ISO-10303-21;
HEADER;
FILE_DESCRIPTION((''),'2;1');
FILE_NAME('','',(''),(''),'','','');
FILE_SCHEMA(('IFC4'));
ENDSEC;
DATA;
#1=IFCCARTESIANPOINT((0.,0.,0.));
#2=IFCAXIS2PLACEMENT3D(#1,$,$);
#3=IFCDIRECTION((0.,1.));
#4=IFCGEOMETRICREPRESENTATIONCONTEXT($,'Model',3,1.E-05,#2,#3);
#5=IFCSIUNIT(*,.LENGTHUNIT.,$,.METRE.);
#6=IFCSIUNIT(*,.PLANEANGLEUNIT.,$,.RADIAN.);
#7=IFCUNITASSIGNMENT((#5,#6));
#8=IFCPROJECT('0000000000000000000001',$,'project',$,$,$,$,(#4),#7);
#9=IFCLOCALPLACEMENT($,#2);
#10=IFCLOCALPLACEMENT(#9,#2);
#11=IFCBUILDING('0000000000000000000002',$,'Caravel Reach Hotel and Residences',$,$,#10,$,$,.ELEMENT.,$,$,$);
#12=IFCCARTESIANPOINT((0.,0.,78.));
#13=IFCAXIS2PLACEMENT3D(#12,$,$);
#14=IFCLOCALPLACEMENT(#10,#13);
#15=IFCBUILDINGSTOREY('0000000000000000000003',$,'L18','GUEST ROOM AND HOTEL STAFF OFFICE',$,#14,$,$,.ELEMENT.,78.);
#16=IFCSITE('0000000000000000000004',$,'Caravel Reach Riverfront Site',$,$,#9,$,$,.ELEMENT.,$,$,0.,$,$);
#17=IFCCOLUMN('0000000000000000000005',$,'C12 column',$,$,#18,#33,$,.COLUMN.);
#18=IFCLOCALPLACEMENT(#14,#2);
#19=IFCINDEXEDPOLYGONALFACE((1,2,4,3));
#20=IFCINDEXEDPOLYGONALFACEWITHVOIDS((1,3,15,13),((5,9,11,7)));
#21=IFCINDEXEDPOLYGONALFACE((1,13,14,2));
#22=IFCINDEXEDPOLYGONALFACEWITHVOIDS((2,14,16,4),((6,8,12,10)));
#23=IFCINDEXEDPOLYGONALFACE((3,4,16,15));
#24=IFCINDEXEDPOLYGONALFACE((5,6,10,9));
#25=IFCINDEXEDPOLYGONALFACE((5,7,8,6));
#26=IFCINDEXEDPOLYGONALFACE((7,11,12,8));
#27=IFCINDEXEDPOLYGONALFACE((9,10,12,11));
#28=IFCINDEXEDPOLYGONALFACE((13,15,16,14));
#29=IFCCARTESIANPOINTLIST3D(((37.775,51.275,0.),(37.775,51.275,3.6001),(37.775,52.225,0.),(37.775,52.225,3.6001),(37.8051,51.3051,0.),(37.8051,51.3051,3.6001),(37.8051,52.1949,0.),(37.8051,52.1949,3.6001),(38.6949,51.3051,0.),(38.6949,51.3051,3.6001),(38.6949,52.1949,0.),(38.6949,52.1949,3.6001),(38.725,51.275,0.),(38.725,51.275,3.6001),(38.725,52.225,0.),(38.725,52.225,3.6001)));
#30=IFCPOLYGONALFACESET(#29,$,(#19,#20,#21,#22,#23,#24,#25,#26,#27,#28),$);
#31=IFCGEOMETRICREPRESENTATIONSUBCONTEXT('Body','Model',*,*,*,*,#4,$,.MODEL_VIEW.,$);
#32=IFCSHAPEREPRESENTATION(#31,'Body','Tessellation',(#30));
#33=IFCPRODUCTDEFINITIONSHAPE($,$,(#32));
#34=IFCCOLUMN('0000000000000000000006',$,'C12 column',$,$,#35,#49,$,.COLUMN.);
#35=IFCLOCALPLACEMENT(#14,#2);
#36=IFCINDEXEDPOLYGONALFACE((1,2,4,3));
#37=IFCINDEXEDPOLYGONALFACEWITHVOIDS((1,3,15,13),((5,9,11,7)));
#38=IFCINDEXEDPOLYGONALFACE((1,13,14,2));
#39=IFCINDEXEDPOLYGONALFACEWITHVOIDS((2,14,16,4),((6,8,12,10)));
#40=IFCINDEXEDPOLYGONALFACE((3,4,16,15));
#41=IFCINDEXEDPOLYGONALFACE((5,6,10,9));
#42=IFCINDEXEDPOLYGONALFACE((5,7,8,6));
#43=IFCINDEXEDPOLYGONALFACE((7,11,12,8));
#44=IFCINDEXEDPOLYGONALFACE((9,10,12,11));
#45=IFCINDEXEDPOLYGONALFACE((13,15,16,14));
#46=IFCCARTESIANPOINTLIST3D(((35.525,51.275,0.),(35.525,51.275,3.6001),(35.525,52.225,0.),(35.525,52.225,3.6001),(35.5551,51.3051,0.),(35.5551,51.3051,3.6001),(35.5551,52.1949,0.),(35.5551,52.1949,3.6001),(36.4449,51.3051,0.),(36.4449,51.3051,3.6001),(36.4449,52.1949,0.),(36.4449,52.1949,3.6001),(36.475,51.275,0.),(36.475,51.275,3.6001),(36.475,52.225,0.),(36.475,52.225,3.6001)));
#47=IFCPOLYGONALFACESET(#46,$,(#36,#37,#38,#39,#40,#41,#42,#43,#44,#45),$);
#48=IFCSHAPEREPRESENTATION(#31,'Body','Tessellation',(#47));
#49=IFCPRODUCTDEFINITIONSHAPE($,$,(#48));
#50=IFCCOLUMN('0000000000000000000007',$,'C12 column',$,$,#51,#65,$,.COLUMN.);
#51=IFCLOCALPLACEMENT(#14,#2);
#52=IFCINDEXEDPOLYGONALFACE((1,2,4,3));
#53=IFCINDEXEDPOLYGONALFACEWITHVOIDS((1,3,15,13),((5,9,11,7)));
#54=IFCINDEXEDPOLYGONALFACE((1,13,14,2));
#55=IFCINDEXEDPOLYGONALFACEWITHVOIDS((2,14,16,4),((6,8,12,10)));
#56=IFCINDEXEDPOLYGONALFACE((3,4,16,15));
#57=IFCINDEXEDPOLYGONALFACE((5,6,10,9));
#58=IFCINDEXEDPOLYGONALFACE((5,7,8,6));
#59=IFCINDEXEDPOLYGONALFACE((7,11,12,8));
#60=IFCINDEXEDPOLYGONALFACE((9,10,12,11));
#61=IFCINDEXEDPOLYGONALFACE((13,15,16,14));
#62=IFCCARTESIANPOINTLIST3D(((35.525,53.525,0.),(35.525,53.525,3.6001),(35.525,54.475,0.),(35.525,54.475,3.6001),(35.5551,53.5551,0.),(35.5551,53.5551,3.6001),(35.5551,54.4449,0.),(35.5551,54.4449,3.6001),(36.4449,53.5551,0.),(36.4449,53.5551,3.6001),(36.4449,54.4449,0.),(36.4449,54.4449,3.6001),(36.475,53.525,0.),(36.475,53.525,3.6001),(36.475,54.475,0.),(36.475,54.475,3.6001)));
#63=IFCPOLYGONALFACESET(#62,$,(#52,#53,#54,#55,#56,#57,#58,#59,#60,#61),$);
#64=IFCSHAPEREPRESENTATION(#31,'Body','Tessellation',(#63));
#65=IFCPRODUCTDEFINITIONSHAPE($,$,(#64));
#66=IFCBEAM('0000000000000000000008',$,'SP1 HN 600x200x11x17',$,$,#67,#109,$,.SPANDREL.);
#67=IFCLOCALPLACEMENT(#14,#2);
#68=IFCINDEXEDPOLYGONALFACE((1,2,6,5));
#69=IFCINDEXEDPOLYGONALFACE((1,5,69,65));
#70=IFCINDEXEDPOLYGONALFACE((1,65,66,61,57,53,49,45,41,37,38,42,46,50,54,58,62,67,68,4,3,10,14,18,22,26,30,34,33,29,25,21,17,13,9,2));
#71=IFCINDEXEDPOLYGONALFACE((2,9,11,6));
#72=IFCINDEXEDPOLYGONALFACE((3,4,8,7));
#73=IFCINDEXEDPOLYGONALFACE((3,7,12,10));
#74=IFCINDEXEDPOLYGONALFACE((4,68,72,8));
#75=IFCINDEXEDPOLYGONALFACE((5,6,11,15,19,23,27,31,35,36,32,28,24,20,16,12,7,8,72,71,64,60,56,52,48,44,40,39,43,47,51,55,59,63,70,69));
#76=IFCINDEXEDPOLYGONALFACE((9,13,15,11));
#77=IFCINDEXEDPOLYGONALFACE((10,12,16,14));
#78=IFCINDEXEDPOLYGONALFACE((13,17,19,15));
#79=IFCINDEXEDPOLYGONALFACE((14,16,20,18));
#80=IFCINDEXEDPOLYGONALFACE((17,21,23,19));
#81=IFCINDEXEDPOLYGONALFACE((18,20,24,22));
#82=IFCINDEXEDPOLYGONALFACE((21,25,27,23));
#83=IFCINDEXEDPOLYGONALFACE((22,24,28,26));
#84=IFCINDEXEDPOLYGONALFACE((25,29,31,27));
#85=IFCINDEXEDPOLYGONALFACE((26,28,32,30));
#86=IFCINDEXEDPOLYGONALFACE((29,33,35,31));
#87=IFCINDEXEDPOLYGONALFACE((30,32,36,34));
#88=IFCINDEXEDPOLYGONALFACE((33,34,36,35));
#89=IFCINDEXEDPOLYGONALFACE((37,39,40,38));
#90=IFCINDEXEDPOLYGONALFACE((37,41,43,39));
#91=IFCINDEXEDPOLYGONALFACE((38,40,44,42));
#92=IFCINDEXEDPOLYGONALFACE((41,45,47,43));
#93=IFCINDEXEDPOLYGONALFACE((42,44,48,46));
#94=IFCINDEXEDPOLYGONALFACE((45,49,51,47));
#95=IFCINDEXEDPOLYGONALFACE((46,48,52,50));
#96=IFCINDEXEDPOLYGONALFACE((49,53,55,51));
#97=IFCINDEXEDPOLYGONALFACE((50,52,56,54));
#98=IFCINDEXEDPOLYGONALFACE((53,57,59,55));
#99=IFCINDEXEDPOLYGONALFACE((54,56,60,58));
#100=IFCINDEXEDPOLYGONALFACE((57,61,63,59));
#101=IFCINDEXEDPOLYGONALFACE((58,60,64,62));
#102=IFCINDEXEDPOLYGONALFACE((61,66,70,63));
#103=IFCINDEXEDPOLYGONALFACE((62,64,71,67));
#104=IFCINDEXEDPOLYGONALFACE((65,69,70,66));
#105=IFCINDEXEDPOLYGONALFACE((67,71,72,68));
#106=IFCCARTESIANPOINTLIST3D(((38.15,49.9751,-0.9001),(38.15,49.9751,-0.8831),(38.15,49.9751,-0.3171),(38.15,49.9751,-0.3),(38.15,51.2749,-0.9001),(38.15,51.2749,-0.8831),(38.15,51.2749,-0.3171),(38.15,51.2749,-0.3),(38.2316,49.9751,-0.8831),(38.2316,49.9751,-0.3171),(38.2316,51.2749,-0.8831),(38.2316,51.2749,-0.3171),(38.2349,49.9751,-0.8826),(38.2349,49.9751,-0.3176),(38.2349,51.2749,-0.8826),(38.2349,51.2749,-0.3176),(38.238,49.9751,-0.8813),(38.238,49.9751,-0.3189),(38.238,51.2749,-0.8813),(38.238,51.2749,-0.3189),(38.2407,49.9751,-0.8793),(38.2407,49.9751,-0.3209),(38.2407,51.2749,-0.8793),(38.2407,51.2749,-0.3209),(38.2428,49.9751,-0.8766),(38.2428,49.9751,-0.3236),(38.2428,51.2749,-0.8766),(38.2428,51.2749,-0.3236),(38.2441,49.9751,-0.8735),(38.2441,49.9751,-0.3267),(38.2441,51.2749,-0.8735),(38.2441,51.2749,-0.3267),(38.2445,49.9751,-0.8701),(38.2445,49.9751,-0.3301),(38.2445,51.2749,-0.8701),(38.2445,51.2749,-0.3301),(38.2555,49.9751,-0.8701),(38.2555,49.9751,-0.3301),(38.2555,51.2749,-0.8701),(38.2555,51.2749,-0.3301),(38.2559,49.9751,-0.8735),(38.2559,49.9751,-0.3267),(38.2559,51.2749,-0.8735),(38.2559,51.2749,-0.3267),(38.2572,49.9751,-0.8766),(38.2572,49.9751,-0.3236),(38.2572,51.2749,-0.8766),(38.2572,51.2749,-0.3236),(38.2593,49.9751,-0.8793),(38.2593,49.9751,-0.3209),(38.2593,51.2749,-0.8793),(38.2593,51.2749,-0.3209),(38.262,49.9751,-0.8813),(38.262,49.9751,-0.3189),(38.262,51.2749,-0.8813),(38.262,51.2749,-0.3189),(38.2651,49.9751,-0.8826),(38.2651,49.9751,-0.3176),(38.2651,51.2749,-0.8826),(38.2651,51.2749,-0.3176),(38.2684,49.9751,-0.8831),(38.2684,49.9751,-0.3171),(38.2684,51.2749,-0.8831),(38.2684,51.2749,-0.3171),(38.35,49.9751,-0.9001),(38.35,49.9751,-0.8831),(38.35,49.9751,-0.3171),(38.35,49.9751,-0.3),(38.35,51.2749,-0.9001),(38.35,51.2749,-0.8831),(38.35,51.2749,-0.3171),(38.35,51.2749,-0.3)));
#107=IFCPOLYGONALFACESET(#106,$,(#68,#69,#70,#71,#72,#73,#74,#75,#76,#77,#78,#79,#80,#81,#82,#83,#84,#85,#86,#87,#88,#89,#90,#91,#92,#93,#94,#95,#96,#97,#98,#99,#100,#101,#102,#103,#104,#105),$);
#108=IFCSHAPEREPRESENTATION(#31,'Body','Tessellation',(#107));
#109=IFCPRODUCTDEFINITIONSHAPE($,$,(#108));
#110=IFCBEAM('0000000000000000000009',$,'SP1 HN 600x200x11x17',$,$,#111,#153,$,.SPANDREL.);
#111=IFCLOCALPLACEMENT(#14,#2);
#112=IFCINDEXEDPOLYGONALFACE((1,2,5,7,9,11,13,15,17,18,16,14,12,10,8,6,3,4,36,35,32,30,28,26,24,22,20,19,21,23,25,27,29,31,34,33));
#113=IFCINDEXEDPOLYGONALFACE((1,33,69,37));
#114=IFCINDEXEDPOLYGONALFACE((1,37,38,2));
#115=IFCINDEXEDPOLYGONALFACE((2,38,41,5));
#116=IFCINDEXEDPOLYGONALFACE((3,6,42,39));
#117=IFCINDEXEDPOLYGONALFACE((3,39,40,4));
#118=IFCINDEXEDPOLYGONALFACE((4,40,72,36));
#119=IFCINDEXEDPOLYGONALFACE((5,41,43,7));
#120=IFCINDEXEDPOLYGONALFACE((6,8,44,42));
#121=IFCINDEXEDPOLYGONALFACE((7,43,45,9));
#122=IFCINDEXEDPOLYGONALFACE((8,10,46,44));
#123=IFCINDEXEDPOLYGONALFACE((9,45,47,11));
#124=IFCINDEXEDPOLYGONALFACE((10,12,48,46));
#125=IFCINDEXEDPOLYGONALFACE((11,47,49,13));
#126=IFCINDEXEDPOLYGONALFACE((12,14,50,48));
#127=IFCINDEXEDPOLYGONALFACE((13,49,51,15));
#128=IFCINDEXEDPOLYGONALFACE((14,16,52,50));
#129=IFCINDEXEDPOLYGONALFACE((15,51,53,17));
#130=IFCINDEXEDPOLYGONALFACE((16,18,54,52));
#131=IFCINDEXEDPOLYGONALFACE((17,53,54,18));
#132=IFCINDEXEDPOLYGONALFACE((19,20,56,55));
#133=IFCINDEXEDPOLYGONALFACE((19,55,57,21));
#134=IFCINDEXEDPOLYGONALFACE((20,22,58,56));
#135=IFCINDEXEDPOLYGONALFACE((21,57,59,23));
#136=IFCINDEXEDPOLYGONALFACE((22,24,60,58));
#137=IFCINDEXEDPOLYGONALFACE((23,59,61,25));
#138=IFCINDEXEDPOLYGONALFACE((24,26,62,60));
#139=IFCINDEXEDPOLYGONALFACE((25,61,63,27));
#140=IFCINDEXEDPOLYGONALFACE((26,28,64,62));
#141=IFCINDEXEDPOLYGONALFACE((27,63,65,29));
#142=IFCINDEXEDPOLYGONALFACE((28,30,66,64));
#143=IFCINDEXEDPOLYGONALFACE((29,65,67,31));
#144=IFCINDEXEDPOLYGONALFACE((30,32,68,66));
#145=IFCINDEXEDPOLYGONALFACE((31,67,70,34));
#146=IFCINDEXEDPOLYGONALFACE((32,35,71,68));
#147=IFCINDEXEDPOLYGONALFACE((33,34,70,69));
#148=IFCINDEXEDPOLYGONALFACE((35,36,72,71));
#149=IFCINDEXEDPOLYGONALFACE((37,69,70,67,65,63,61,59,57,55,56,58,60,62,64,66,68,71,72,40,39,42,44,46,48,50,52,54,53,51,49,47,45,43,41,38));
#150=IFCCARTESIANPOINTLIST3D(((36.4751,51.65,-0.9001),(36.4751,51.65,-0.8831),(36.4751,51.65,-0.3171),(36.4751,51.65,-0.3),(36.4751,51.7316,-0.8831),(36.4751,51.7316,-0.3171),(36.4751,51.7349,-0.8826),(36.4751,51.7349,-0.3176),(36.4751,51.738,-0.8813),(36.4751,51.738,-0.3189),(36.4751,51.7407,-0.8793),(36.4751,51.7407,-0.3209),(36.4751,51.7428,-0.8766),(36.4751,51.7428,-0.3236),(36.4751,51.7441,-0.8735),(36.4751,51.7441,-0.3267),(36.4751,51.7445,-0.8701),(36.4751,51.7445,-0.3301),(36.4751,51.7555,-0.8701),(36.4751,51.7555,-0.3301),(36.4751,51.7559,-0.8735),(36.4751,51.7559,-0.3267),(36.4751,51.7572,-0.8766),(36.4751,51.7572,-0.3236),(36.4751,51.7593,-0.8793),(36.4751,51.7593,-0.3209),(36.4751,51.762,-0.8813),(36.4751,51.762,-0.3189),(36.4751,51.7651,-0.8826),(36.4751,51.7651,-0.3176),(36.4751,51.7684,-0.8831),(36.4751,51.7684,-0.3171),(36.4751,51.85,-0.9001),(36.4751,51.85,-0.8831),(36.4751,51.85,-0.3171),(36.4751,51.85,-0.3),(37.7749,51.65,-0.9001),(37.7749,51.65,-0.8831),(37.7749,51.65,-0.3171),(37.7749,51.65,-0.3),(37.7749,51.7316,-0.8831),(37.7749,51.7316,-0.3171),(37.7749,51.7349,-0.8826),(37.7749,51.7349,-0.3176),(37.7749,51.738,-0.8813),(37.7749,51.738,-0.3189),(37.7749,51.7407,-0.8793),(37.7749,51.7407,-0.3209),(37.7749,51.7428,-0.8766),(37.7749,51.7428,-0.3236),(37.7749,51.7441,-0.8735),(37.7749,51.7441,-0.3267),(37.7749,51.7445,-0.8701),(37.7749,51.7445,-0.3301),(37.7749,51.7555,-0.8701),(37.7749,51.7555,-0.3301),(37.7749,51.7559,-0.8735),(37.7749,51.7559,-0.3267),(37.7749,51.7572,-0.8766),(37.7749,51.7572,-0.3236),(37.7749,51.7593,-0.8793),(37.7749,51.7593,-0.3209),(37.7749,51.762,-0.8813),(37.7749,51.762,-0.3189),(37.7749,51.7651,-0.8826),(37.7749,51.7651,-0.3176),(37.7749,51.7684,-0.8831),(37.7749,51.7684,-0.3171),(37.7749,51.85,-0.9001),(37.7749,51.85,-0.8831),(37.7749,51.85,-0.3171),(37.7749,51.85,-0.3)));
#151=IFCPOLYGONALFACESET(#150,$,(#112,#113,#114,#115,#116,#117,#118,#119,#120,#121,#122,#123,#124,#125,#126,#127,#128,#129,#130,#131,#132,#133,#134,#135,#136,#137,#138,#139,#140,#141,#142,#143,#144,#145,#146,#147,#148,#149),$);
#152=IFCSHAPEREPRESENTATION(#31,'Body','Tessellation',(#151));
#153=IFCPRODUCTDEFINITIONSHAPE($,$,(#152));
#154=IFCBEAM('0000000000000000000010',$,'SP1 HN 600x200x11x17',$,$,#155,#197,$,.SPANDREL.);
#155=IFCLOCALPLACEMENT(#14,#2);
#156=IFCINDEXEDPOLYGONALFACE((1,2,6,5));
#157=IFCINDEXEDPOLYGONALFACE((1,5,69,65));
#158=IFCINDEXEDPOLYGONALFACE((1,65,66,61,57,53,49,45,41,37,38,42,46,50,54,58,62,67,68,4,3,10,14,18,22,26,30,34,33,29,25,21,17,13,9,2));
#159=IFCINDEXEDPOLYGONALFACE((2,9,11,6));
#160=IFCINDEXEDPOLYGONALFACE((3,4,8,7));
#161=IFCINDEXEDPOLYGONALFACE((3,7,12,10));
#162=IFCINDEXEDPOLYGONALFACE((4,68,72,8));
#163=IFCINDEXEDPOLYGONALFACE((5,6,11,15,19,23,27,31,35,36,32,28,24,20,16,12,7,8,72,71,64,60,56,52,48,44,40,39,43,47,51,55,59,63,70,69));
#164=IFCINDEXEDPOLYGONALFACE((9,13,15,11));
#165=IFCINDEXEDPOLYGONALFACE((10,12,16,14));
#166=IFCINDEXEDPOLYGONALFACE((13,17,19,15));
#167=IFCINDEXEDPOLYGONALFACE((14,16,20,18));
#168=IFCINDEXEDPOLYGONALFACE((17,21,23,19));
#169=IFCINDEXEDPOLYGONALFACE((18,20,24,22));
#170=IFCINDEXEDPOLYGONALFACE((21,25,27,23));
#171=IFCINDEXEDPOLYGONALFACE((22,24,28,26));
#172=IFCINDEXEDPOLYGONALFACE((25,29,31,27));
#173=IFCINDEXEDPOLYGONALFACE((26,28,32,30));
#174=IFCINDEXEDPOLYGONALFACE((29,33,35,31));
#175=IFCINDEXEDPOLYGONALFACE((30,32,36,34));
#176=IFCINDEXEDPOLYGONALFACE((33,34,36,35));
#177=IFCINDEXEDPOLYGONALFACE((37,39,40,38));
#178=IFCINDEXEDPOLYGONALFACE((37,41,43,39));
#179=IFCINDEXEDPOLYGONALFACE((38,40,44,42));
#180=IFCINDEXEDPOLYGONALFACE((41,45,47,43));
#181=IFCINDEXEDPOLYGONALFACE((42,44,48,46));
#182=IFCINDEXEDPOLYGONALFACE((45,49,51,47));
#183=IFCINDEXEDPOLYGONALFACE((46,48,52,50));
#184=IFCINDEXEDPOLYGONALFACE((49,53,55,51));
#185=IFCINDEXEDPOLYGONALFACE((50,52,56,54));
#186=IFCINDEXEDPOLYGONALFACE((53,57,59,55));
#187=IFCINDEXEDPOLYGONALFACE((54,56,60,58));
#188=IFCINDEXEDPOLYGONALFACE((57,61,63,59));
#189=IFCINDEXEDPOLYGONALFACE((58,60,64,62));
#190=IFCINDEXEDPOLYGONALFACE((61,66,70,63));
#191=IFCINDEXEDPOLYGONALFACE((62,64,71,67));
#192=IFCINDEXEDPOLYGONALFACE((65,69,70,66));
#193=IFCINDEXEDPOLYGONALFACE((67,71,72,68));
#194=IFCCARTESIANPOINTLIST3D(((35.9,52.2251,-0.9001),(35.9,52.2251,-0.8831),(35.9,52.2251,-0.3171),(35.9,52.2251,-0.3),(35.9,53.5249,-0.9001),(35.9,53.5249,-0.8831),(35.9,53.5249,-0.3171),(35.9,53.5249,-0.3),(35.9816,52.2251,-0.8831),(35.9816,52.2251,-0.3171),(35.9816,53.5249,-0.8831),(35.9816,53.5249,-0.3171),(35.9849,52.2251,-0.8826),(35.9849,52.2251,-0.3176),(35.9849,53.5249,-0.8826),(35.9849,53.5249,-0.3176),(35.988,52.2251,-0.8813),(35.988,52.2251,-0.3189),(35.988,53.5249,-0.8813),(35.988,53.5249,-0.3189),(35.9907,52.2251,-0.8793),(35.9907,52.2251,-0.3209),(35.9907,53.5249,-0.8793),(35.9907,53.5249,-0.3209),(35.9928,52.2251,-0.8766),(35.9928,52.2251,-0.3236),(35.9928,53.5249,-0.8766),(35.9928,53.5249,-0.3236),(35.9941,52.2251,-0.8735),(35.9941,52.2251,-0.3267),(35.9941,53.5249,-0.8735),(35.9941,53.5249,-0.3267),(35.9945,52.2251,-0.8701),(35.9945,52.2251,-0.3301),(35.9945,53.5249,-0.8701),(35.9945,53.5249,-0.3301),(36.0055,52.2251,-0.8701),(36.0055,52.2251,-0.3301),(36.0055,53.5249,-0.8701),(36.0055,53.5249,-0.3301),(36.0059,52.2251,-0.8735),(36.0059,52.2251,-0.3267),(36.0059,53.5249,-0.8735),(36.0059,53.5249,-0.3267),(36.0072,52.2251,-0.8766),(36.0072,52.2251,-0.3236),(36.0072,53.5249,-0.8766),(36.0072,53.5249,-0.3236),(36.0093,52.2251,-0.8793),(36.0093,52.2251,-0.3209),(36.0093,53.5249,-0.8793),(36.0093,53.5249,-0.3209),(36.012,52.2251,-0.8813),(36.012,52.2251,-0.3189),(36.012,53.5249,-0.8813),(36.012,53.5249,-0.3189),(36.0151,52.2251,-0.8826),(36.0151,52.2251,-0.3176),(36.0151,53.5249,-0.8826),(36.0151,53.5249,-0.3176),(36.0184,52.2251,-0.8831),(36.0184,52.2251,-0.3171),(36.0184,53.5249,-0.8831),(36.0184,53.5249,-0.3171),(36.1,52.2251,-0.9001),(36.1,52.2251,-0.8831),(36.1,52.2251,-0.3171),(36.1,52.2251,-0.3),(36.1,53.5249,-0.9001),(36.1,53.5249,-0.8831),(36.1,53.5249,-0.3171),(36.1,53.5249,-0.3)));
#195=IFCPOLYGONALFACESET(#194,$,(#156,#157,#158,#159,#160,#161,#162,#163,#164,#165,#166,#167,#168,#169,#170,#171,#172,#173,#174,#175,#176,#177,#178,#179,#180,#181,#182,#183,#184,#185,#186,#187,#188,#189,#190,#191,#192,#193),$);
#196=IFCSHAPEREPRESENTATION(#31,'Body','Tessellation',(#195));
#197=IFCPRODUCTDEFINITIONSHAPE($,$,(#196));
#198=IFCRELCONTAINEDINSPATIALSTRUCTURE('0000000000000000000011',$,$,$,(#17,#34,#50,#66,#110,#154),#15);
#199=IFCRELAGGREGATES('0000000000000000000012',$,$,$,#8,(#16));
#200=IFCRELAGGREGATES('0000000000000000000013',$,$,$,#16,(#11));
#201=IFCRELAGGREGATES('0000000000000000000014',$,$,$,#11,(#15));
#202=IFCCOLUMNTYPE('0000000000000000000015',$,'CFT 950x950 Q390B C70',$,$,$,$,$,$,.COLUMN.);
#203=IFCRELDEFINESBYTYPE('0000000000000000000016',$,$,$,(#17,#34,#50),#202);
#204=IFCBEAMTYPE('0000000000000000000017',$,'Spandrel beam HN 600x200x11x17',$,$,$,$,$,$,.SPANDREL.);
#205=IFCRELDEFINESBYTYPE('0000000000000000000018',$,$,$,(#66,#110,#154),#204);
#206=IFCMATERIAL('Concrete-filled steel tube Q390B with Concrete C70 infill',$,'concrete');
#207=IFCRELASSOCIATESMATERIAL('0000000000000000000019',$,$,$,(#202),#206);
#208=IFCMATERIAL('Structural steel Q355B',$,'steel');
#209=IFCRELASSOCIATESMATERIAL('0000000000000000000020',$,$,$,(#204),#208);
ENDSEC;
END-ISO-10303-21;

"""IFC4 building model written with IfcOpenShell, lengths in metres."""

from ifc_helpers import new_model, si_unit, direction, frame, origin, origin_2d, place, context, subcontext, project, spatial, hollow_rectangle, i_section, extrude, material, material_profile, profile_set, type_object, element, save


model = new_model("IFC4")

# Units and contexts
model_context = context("Model", 3, precision=1e-05, world=origin(), true_north=direction((0.0, 1.0)))
body_context = subcontext(model_context, "Body", "Model", "MODEL_VIEW")
ifc_project = project(units=[si_unit("LENGTHUNIT", "METRE"), si_unit("PLANEANGLEUNIT", "RADIAN")], contexts=[model_context])

# Site, building, storey
site_placement = place(None, origin())
site = spatial("IfcSite", under=ifc_project, at=site_placement, Name="Caravel Reach Riverfront Site", CompositionType="ELEMENT", RefElevation=0.0)
building_placement = place(site_placement, origin())
building = spatial("IfcBuilding", under=site, at=building_placement, Name="Caravel Reach Hotel and Residences", CompositionType="ELEMENT")
storey_placement = place(building_placement, frame((0.0, 0.0, 78.0)))
storey = spatial("IfcBuildingStorey", under=building, at=storey_placement, Name="L18", Description="GUEST ROOM AND HOTEL STAFF OFFICE", CompositionType="ELEMENT", Elevation=78.0)

# Columns
ifc_material_1 = material(Name="Concrete-filled steel tube Q390B with Concrete C70 infill", Category="concrete")
ifc_material_profile_1 = material_profile(ifc_material_1, hollow_rectangle(XDim=0.95, YDim=0.95, WallThickness=0.03, at=origin_2d()), Name="RHS 950x950x30")
ifc_profile_set_1 = profile_set([ifc_material_profile_1], Name="Concrete-filled steel tube Q390B with Concrete C70 infill")
column_type = type_object("IfcColumnType", Name="CFT 950x950 Q390B C70", PredefinedType="COLUMN", material=ifc_profile_set_1)
for number, where, z_axis, x_axis, name in (
    (1, (38.25, 51.75, 0.0), (0.0, 0.0, 1.0), (1.0, 0.0, 0.0), "C12 column"),
    (2, (36.0, 51.75, 0.0), (0.0, 0.0, 1.0), (1.0, 0.0, 0.0), "C12 column"),
    (3, (36.0, 54.0, 0.0), (0.0, 0.0, 1.0), (1.0, 0.0, 0.0), "C12 column"),
):
    element("IfcColumn", number, at=place(storey_placement, frame(where, z_axis=z_axis, x_axis=x_axis)), inside=storey, type_object=column_type, Name=name, PredefinedType="COLUMN", context=body_context, shape_type="SweptSolid", body=[
        extrude(hollow_rectangle(XDim=0.95, YDim=0.95, WallThickness=0.03, at=origin_2d()), origin(), (0.0, 0.0, 1.0), 3.6001),
    ])

# Beams
ifc_material_2 = material(Name="Structural steel Q355B", Category="steel")
ifc_material_profile_2 = material_profile(ifc_material_2, i_section(OverallWidth=0.2, OverallDepth=0.6001, WebThickness=0.011, FlangeThickness=0.0171, FilletRadius=0.0129, at=origin_2d()), Name="HN 600x200x11x17")
ifc_profile_set_2 = profile_set([ifc_material_profile_2], Name="Structural steel Q355B")
beam_type = type_object("IfcBeamType", Name="Spandrel beam HN 600x200x11x17", PredefinedType="SPANDREL", material=ifc_profile_set_2)
for number, where, z_axis, x_axis, name in (
    (4, (38.25, 49.9751, -0.6001), (0.0, 1.0, 0.0), (-1.0, 0.0, 0.0), "SP1 HN 600x200x11x17"),
    (5, (37.7749, 51.75, -0.6001), (-1.0, 0.0, 0.0), (0.0, -1.0, 0.0), "SP1 HN 600x200x11x17"),
    (6, (36.0, 52.2251, -0.6001), (0.0, 1.0, 0.0), (-1.0, 0.0, 0.0), "SP1 HN 600x200x11x17"),
):
    element("IfcBeam", number, at=place(storey_placement, frame(where, z_axis=z_axis, x_axis=x_axis)), inside=storey, type_object=beam_type, Name=name, PredefinedType="SPANDREL", context=body_context, shape_type="SweptSolid", body=[
        extrude(i_section(OverallWidth=0.2, OverallDepth=0.6001, WebThickness=0.011, FlangeThickness=0.0171, FilletRadius=0.0129, at=origin_2d()), origin(), (0.0, 0.0, 1.0), 1.2998),
    ])

save(model, "model.ifc")
